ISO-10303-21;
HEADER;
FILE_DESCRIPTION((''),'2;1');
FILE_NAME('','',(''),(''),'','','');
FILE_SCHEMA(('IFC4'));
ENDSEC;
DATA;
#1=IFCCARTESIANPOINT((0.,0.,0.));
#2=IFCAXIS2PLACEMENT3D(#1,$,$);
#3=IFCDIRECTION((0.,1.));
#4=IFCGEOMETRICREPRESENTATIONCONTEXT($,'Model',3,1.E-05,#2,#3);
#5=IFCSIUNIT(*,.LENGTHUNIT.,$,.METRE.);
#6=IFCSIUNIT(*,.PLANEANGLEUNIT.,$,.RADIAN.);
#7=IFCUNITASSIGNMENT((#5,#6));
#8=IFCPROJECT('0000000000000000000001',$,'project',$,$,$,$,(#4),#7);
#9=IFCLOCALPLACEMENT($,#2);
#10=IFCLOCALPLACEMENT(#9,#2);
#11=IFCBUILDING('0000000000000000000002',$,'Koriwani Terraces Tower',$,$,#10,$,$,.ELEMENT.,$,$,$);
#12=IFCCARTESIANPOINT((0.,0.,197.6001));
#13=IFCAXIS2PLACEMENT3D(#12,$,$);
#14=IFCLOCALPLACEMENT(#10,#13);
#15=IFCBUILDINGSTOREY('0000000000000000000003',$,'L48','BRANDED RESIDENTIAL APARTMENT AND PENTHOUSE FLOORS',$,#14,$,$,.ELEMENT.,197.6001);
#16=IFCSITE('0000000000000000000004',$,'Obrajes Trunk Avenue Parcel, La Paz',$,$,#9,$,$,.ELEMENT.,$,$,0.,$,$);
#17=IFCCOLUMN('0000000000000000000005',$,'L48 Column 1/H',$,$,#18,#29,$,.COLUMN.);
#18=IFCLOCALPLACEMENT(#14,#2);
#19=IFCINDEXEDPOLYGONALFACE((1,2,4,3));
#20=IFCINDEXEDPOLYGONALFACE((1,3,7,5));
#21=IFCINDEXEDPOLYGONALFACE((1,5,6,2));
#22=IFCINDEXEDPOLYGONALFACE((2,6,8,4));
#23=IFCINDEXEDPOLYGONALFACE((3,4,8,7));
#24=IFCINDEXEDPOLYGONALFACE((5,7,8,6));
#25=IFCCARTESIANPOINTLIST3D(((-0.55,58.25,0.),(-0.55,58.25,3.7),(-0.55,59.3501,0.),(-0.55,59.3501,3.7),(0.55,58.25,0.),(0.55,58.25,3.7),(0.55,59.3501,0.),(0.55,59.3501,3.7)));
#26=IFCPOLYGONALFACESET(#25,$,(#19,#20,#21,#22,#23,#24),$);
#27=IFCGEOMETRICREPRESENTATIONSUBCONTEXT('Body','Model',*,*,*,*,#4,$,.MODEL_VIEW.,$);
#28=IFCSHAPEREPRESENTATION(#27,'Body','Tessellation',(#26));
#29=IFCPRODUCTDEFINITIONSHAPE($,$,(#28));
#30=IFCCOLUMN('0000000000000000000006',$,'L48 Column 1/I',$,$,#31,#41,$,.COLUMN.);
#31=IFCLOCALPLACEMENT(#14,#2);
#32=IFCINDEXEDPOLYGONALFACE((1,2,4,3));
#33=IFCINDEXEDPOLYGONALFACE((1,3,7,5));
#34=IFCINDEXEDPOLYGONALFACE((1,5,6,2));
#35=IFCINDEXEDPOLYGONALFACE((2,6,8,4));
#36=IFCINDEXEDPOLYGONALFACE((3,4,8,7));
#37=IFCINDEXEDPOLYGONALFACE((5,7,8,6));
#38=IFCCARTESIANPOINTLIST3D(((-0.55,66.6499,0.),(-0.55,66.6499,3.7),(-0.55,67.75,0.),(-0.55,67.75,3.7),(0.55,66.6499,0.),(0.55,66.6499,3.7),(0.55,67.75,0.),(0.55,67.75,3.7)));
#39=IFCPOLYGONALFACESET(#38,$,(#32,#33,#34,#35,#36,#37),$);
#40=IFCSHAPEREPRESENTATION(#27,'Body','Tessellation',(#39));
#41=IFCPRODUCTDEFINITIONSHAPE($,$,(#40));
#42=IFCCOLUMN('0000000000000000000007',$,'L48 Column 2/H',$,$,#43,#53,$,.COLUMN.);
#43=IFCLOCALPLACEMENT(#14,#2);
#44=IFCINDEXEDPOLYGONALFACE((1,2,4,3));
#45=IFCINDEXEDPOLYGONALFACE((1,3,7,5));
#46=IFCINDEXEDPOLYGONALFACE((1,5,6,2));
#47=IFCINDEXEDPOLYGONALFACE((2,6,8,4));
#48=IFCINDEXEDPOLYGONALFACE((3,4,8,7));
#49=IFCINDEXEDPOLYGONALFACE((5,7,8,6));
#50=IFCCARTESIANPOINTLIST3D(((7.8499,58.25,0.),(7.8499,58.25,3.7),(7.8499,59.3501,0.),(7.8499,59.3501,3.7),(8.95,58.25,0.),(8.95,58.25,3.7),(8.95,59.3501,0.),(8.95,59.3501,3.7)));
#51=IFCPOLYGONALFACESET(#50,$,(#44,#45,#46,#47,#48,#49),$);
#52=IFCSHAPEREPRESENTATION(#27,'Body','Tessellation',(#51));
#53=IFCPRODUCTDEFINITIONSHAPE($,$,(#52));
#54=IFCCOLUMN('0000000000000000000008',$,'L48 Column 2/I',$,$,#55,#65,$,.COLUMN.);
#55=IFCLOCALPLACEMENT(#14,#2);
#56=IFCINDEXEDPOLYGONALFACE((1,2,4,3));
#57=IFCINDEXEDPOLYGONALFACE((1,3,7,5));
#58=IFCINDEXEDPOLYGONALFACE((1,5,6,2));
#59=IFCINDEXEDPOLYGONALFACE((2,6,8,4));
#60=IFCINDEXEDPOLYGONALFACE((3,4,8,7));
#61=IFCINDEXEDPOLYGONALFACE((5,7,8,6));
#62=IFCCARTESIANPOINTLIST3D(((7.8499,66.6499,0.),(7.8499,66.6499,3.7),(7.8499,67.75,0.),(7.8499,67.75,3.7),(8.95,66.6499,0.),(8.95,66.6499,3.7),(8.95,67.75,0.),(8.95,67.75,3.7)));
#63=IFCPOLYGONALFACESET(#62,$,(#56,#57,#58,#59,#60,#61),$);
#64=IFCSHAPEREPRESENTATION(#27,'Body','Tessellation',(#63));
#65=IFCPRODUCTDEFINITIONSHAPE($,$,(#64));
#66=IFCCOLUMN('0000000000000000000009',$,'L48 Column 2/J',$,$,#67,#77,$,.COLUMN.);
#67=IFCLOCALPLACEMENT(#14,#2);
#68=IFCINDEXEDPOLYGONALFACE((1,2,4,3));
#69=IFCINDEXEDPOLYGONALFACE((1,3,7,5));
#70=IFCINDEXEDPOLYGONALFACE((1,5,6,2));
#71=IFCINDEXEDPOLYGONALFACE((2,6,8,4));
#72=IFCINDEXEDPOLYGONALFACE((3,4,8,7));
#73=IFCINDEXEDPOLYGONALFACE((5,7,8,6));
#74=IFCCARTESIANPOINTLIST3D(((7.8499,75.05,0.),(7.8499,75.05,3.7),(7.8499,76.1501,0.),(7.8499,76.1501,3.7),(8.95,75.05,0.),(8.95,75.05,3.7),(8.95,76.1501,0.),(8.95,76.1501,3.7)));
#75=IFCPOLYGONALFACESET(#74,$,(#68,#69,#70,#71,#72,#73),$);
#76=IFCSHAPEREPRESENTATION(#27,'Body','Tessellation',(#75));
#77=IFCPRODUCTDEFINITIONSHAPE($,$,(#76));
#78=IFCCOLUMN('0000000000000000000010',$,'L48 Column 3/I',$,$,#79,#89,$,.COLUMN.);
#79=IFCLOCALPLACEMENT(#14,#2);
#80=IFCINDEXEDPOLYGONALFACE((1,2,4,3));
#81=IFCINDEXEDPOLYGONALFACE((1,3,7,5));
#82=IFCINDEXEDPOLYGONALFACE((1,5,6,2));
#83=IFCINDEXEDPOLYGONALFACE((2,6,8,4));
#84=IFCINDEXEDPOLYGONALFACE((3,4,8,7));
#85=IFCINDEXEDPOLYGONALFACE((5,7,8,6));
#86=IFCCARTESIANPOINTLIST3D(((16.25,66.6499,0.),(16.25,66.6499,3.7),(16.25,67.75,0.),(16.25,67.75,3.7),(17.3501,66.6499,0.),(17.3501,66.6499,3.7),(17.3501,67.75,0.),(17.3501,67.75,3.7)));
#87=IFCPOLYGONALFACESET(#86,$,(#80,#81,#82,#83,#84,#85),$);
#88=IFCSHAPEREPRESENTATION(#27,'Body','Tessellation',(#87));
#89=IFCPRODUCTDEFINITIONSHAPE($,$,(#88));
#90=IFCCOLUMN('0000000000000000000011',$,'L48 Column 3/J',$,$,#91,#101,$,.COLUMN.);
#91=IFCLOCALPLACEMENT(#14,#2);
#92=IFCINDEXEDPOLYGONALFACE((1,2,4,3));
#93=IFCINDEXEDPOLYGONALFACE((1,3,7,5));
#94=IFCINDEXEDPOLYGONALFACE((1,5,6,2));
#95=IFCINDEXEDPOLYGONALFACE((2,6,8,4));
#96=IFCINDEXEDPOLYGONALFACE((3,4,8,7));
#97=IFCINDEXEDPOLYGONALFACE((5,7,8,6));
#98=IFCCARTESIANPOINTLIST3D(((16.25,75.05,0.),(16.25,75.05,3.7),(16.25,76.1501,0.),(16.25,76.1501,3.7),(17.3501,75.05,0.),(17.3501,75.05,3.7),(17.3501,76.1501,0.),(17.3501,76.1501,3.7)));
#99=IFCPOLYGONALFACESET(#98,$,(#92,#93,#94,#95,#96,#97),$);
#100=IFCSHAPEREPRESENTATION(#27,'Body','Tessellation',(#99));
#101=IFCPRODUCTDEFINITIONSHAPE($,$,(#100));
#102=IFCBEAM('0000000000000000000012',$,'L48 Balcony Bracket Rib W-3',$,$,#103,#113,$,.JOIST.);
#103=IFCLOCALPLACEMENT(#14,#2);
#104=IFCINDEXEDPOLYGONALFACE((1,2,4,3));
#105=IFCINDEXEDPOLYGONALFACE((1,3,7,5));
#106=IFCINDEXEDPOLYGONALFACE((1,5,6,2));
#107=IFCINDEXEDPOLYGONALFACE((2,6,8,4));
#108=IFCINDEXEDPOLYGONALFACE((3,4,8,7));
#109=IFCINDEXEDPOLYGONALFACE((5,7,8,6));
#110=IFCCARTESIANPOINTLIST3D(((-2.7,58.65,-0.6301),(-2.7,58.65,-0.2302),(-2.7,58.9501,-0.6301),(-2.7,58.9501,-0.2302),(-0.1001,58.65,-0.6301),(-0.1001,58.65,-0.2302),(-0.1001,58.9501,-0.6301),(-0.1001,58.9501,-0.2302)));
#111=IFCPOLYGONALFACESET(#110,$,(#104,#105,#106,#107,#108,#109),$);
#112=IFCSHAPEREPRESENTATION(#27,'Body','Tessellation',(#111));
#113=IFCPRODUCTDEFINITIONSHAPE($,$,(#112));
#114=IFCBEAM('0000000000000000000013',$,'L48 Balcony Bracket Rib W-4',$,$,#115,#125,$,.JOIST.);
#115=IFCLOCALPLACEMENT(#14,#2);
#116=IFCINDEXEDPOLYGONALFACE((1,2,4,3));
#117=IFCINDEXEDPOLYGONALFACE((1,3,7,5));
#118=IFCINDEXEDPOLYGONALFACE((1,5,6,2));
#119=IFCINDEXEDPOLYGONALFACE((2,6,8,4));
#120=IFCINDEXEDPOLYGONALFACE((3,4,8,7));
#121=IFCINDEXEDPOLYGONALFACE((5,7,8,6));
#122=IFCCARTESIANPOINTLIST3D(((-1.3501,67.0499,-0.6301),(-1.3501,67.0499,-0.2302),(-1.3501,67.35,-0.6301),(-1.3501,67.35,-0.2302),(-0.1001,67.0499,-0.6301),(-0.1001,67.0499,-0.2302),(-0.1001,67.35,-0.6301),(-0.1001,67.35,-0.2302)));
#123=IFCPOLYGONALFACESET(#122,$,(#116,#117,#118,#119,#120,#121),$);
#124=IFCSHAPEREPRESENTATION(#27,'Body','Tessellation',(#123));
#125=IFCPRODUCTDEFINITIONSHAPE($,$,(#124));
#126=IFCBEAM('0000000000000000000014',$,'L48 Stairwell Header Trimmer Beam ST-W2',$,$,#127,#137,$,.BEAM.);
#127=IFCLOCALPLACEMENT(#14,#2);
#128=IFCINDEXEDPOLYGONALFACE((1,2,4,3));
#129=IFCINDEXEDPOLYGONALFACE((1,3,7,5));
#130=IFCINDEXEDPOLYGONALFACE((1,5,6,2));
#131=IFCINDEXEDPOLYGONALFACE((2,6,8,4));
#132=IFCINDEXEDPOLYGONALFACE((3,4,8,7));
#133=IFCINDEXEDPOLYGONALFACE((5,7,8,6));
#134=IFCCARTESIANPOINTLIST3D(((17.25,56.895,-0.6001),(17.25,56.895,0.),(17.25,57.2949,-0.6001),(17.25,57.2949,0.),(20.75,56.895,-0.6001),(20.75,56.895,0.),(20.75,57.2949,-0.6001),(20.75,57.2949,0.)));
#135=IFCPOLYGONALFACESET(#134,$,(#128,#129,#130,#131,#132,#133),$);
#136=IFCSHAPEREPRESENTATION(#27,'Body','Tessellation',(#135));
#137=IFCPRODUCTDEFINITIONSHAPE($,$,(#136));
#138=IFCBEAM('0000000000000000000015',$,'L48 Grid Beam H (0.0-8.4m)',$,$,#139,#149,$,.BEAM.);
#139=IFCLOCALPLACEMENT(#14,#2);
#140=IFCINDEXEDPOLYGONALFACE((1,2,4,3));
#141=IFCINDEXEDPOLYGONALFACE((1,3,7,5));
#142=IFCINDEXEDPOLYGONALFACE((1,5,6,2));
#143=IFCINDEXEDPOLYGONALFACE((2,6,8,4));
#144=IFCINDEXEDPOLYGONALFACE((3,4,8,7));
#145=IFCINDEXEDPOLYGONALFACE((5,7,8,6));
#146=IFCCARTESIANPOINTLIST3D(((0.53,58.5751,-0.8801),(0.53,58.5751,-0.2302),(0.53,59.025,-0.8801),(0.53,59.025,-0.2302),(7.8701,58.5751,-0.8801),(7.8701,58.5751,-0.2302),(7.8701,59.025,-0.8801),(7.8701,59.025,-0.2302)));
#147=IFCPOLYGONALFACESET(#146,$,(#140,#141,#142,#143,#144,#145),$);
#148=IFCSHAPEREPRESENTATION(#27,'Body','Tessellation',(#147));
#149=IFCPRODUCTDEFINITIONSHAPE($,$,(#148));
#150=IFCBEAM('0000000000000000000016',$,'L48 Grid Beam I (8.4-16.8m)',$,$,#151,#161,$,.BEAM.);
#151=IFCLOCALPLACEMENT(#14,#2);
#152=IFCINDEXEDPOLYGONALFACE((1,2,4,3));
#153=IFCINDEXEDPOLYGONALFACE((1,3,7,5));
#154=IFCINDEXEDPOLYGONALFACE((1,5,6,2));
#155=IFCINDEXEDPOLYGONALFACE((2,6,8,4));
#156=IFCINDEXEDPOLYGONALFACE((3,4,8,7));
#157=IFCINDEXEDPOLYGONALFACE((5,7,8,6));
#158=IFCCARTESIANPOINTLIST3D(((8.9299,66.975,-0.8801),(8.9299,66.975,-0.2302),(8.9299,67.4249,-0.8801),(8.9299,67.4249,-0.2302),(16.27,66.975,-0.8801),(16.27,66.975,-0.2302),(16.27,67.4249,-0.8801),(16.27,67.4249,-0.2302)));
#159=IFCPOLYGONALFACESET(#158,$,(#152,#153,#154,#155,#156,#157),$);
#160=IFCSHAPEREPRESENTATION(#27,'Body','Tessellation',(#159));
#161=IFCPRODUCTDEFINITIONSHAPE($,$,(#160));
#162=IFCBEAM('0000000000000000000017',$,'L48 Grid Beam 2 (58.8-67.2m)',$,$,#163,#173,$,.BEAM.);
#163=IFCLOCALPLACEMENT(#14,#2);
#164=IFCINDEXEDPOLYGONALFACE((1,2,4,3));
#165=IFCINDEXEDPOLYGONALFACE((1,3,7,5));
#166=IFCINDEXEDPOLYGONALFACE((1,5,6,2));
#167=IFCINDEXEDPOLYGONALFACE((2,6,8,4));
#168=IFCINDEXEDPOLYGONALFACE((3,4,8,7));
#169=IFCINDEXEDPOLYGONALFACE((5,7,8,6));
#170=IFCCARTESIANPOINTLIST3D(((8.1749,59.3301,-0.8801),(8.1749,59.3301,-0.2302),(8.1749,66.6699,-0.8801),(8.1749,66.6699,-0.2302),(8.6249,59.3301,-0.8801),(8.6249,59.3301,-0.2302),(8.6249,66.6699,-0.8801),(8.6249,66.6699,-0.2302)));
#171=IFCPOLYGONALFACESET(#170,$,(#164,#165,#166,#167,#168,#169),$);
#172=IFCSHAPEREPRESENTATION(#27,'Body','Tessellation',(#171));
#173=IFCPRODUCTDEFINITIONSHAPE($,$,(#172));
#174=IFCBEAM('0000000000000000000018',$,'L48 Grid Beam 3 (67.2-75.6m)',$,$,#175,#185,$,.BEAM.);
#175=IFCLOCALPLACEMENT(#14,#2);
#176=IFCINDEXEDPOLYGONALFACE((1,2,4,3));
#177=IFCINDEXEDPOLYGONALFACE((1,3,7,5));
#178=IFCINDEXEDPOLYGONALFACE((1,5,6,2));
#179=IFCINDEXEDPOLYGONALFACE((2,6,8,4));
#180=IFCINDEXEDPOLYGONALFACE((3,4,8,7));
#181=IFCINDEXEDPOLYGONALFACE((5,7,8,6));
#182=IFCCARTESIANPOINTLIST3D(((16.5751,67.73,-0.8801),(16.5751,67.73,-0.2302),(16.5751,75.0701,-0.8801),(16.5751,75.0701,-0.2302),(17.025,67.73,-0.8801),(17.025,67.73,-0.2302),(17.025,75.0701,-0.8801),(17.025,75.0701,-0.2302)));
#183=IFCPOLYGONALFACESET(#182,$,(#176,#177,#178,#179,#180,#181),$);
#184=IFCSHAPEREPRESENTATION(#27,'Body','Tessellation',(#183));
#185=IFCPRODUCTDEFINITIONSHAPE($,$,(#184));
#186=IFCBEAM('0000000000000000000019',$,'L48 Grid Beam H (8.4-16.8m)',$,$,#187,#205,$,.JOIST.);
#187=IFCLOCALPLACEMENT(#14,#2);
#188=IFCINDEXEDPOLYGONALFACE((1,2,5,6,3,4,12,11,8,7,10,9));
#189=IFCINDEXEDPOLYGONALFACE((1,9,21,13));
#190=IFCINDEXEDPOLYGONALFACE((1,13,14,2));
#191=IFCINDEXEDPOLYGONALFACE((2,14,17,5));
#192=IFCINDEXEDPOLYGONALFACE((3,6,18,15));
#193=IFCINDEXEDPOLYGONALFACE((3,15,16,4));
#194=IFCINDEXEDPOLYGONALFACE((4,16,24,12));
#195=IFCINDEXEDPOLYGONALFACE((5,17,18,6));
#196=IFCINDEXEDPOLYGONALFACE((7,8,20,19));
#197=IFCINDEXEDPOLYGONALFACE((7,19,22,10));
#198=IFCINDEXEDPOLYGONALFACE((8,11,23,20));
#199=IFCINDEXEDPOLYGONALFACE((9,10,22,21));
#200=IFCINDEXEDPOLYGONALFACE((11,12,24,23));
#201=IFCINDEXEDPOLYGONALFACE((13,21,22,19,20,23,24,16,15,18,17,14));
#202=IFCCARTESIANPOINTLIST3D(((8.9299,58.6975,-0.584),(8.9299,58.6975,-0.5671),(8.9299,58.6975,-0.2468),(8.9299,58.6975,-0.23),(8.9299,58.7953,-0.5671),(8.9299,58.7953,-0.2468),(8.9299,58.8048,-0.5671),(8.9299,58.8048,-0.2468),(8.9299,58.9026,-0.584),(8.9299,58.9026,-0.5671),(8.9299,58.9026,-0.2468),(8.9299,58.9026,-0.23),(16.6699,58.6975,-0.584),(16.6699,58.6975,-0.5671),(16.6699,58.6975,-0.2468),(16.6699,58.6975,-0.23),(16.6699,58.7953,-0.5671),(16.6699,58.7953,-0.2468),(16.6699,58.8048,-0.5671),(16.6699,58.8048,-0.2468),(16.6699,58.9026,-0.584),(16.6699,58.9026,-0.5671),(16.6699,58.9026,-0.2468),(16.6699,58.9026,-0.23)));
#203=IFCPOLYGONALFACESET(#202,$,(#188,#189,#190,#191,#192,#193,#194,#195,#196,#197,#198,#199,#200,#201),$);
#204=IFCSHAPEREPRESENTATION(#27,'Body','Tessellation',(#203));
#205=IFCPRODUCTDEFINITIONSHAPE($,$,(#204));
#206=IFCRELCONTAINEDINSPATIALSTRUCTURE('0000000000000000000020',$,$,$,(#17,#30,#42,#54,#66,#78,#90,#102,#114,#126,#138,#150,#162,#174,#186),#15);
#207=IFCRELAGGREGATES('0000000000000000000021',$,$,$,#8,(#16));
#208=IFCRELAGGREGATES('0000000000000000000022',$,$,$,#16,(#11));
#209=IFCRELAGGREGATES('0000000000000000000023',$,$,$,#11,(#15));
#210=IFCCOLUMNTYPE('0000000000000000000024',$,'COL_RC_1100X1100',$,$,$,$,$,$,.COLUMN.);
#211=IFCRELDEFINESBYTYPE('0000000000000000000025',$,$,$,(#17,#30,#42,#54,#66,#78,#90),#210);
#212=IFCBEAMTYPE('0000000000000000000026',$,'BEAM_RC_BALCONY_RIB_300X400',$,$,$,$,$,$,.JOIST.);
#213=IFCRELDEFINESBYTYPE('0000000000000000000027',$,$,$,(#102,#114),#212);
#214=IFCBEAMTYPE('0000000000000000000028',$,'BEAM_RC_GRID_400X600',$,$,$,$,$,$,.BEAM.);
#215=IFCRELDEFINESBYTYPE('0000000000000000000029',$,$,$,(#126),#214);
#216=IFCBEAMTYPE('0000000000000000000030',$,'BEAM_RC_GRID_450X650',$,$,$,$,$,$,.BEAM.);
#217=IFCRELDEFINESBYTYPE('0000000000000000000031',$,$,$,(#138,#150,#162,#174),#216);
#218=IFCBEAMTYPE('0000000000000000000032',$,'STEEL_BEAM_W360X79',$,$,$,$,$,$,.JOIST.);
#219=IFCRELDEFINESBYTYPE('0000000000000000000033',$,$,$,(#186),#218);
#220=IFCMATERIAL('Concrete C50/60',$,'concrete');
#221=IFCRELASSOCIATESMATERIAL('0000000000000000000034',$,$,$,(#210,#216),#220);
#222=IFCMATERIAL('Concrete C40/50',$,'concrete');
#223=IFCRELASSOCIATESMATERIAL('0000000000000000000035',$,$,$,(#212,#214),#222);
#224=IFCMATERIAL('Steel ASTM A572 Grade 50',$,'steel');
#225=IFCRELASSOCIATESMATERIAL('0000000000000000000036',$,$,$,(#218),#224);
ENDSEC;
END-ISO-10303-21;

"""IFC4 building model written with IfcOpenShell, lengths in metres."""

from ifc_helpers import new_model, si_unit, direction, frame, origin, origin_2d, place, context, subcontext, project, spatial, rectangle, i_section, extrude, material, material_profile, profile_set, type_object, element, save


model = new_model("IFC4")

# Units and contexts
model_context = context("Model", 3, precision=1e-05, world=origin(), true_north=direction((0.0, 1.0)))
body_context = subcontext(model_context, "Body", "Model", "MODEL_VIEW")
ifc_project = project(units=[si_unit("LENGTHUNIT", "METRE"), si_unit("PLANEANGLEUNIT", "RADIAN")], contexts=[model_context])

# Site, building, storey
site_placement = place(None, origin())
site = spatial("IfcSite", under=ifc_project, at=site_placement, Name="Obrajes Trunk Avenue Parcel, La Paz", CompositionType="ELEMENT", RefElevation=0.0)
building_placement = place(site_placement, origin())
building = spatial("IfcBuilding", under=site, at=building_placement, Name="Koriwani Terraces Tower", CompositionType="ELEMENT")
storey_placement = place(building_placement, frame((0.0, 0.0, 197.6001)))
storey = spatial("IfcBuildingStorey", under=building, at=storey_placement, Name="L48", Description="BRANDED RESIDENTIAL APARTMENT AND PENTHOUSE FLOORS", CompositionType="ELEMENT", Elevation=197.6001)

# Columns
ifc_material_1 = material(Name="Concrete C50/60", Category="concrete")
ifc_material_profile_1 = material_profile(ifc_material_1, rectangle(XDim=1.1001, YDim=1.1001, at=origin_2d()), Name="Concrete C50/60", Category="LoadBearing")
ifc_profile_set_1 = profile_set([ifc_material_profile_1], Name="Concrete C50/60")
column_type = type_object("IfcColumnType", Name="COL_RC_1100X1100", PredefinedType="COLUMN", material=ifc_profile_set_1)
for number, where, z_axis, x_axis, name in (
    (1, (0.0, 58.8, 0.0), (0.0, 0.0, 1.0), (1.0, 0.0, 0.0), "L48 Column 1/H"),
    (2, (0.0, 67.2, 0.0), (0.0, 0.0, 1.0), (1.0, 0.0, 0.0), "L48 Column 1/I"),
    (3, (8.3999, 58.8, 0.0), (0.0, 0.0, 1.0), (1.0, 0.0, 0.0), "L48 Column 2/H"),
    (4, (8.3999, 67.2, 0.0), (0.0, 0.0, 1.0), (1.0, 0.0, 0.0), "L48 Column 2/I"),
    (5, (8.3999, 75.6001, 0.0), (0.0, 0.0, 1.0), (1.0, 0.0, 0.0), "L48 Column 2/J"),
    (6, (16.8, 67.2, 0.0), (0.0, 0.0, 1.0), (1.0, 0.0, 0.0), "L48 Column 3/I"),
    (7, (16.8, 75.6001, 0.0), (0.0, 0.0, 1.0), (1.0, 0.0, 0.0), "L48 Column 3/J"),
):
    element("IfcColumn", number, at=place(storey_placement, frame(where, z_axis=z_axis, x_axis=x_axis)), inside=storey, type_object=column_type, Name=name, PredefinedType="COLUMN", context=body_context, shape_type="SweptSolid", body=[
        extrude(rectangle(XDim=1.1001, YDim=1.1001, at=origin_2d()), origin(), (0.0, 0.0, 1.0), 3.7),
    ])

# Beams
ifc_material_2 = material(Name="Concrete C40/50", Category="concrete")
ifc_material_profile_2 = material_profile(ifc_material_2, rectangle(XDim=0.3, YDim=0.3999, at=origin_2d()), Name="Concrete C40/50", Category="LoadBearing")
ifc_profile_set_2 = profile_set([ifc_material_profile_2], Name="Concrete C40/50")
beam_type_1 = type_object("IfcBeamType", Name="BEAM_RC_BALCONY_RIB_300X400", PredefinedType="JOIST", material=ifc_profile_set_2)
beam_1_placement = place(storey_placement, frame((-2.7, 58.8, -0.4302), z_axis=(1.0, 0.0, 0.0), x_axis=(0.0, 1.0, 0.0)))
element("IfcBeam", 8, at=beam_1_placement, inside=storey, type_object=beam_type_1, Name="L48 Balcony Bracket Rib W-3", PredefinedType="JOIST", context=body_context, shape_type="SweptSolid", body=[
    extrude(rectangle(XDim=0.3, YDim=0.3999, at=origin_2d()), origin(), (0.0, 0.0, 1.0), 2.5999),
])
beam_2_placement = place(storey_placement, frame((-1.3501, 67.2, -0.4302), z_axis=(1.0, 0.0, 0.0), x_axis=(0.0, 1.0, 0.0)))
element("IfcBeam", 9, at=beam_2_placement, inside=storey, type_object=beam_type_1, Name="L48 Balcony Bracket Rib W-4", PredefinedType="JOIST", context=body_context, shape_type="SweptSolid", body=[
    extrude(rectangle(XDim=0.3, YDim=0.3999, at=origin_2d()), origin(), (0.0, 0.0, 1.0), 1.25),
])
ifc_material_profile_3 = material_profile(ifc_material_2, rectangle(XDim=0.3999, YDim=0.6001, at=origin_2d()), Name="Concrete C40/50", Category="LoadBearing")
ifc_profile_set_3 = profile_set([ifc_material_profile_3], Name="Concrete C40/50")
beam_type_2 = type_object("IfcBeamType", Name="BEAM_RC_GRID_400X600", PredefinedType="BEAM", material=ifc_profile_set_3)
beam_3_placement = place(storey_placement, frame((17.25, 57.095, -0.3), z_axis=(1.0, 0.0, 0.0), x_axis=(0.0, 1.0, 0.0)))
element("IfcBeam", 10, at=beam_3_placement, inside=storey, type_object=beam_type_2, Name="L48 Stairwell Header Trimmer Beam ST-W2", PredefinedType="BEAM", context=body_context, shape_type="SweptSolid", body=[
    extrude(rectangle(XDim=0.3999, YDim=0.6001, at=origin_2d()), origin(), (0.0, 0.0, 1.0), 3.5),
])
ifc_material_profile_4 = material_profile(ifc_material_1, rectangle(XDim=0.45, YDim=0.6499, at=origin_2d()), Name="Concrete C50/60", Category="LoadBearing")
ifc_profile_set_4 = profile_set([ifc_material_profile_4], Name="Concrete C50/60")
beam_type_3 = type_object("IfcBeamType", Name="BEAM_RC_GRID_450X650", PredefinedType="BEAM", material=ifc_profile_set_4)
for number, where, z_axis, x_axis, name in (
    (11, (0.53, 58.8, -0.5552), (1.0, 0.0, 0.0), (0.0, 1.0, 0.0), "L48 Grid Beam H (0.0-8.4m)"),
    (12, (8.9299, 67.2, -0.5552), (1.0, 0.0, 0.0), (0.0, 1.0, 0.0), "L48 Grid Beam I (8.4-16.8m)"),
):
    element("IfcBeam", number, at=place(storey_placement, frame(where, z_axis=z_axis, x_axis=x_axis)), inside=storey, type_object=beam_type_3, Name=name, PredefinedType="BEAM", context=body_context, shape_type="SweptSolid", body=[
        extrude(rectangle(XDim=0.45, YDim=0.6499, at=origin_2d()), origin(), (0.0, 0.0, 1.0), 7.3401),
    ])
beam_4_placement = place(storey_placement, frame((8.3999, 59.3301, -0.5552), z_axis=(0.0, 1.0, 0.0), x_axis=(-1.0, 0.0, 0.0)))
element("IfcBeam", 13, at=beam_4_placement, inside=storey, type_object=beam_type_3, Name="L48 Grid Beam 2 (58.8-67.2m)", PredefinedType="BEAM", context=body_context, shape_type="SweptSolid", body=[
    extrude(rectangle(XDim=0.45, YDim=0.6499, at=origin_2d()), origin(), (0.0, 0.0, 1.0), 7.3398),
])
beam_5_placement = place(storey_placement, frame((16.8, 67.73, -0.5552), z_axis=(0.0, 1.0, 0.0), x_axis=(-1.0, 0.0, 0.0)))
element("IfcBeam", 14, at=beam_5_placement, inside=storey, type_object=beam_type_3, Name="L48 Grid Beam 3 (67.2-75.6m)", PredefinedType="BEAM", context=body_context, shape_type="SweptSolid", body=[
    extrude(rectangle(XDim=0.45, YDim=0.6499, at=origin_2d()), origin(), (0.0, 0.0, 1.0), 7.3401),
])
ifc_material_3 = material(Name="Steel ASTM A572 Grade 50", Category="steel")
ifc_material_profile_5 = material_profile(ifc_material_3, i_section(OverallWidth=0.2051, OverallDepth=0.354, WebThickness=0.0095, FlangeThickness=0.0168, at=origin_2d()), Name="Steel ASTM A572 Grade 50", Category="LoadBearing")
ifc_profile_set_5 = profile_set([ifc_material_profile_5], Name="Steel ASTM A572 Grade 50")
beam_type_4 = type_object("IfcBeamType", Name="STEEL_BEAM_W360X79", PredefinedType="JOIST", material=ifc_profile_set_5)
beam_6_placement = place(storey_placement, frame((8.9299, 58.8, -0.407), z_axis=(1.0, 0.0, 0.0), x_axis=(0.0, 1.0, 0.0)))
element("IfcBeam", 15, at=beam_6_placement, inside=storey, type_object=beam_type_4, Name="L48 Grid Beam H (8.4-16.8m)", PredefinedType="JOIST", context=body_context, shape_type="SweptSolid", body=[
    extrude(i_section(OverallWidth=0.2051, OverallDepth=0.354, WebThickness=0.0095, FlangeThickness=0.0168, at=origin_2d()), origin(), (0.0, 0.0, 1.0), 7.74),
])

save(model, "model.ifc")
